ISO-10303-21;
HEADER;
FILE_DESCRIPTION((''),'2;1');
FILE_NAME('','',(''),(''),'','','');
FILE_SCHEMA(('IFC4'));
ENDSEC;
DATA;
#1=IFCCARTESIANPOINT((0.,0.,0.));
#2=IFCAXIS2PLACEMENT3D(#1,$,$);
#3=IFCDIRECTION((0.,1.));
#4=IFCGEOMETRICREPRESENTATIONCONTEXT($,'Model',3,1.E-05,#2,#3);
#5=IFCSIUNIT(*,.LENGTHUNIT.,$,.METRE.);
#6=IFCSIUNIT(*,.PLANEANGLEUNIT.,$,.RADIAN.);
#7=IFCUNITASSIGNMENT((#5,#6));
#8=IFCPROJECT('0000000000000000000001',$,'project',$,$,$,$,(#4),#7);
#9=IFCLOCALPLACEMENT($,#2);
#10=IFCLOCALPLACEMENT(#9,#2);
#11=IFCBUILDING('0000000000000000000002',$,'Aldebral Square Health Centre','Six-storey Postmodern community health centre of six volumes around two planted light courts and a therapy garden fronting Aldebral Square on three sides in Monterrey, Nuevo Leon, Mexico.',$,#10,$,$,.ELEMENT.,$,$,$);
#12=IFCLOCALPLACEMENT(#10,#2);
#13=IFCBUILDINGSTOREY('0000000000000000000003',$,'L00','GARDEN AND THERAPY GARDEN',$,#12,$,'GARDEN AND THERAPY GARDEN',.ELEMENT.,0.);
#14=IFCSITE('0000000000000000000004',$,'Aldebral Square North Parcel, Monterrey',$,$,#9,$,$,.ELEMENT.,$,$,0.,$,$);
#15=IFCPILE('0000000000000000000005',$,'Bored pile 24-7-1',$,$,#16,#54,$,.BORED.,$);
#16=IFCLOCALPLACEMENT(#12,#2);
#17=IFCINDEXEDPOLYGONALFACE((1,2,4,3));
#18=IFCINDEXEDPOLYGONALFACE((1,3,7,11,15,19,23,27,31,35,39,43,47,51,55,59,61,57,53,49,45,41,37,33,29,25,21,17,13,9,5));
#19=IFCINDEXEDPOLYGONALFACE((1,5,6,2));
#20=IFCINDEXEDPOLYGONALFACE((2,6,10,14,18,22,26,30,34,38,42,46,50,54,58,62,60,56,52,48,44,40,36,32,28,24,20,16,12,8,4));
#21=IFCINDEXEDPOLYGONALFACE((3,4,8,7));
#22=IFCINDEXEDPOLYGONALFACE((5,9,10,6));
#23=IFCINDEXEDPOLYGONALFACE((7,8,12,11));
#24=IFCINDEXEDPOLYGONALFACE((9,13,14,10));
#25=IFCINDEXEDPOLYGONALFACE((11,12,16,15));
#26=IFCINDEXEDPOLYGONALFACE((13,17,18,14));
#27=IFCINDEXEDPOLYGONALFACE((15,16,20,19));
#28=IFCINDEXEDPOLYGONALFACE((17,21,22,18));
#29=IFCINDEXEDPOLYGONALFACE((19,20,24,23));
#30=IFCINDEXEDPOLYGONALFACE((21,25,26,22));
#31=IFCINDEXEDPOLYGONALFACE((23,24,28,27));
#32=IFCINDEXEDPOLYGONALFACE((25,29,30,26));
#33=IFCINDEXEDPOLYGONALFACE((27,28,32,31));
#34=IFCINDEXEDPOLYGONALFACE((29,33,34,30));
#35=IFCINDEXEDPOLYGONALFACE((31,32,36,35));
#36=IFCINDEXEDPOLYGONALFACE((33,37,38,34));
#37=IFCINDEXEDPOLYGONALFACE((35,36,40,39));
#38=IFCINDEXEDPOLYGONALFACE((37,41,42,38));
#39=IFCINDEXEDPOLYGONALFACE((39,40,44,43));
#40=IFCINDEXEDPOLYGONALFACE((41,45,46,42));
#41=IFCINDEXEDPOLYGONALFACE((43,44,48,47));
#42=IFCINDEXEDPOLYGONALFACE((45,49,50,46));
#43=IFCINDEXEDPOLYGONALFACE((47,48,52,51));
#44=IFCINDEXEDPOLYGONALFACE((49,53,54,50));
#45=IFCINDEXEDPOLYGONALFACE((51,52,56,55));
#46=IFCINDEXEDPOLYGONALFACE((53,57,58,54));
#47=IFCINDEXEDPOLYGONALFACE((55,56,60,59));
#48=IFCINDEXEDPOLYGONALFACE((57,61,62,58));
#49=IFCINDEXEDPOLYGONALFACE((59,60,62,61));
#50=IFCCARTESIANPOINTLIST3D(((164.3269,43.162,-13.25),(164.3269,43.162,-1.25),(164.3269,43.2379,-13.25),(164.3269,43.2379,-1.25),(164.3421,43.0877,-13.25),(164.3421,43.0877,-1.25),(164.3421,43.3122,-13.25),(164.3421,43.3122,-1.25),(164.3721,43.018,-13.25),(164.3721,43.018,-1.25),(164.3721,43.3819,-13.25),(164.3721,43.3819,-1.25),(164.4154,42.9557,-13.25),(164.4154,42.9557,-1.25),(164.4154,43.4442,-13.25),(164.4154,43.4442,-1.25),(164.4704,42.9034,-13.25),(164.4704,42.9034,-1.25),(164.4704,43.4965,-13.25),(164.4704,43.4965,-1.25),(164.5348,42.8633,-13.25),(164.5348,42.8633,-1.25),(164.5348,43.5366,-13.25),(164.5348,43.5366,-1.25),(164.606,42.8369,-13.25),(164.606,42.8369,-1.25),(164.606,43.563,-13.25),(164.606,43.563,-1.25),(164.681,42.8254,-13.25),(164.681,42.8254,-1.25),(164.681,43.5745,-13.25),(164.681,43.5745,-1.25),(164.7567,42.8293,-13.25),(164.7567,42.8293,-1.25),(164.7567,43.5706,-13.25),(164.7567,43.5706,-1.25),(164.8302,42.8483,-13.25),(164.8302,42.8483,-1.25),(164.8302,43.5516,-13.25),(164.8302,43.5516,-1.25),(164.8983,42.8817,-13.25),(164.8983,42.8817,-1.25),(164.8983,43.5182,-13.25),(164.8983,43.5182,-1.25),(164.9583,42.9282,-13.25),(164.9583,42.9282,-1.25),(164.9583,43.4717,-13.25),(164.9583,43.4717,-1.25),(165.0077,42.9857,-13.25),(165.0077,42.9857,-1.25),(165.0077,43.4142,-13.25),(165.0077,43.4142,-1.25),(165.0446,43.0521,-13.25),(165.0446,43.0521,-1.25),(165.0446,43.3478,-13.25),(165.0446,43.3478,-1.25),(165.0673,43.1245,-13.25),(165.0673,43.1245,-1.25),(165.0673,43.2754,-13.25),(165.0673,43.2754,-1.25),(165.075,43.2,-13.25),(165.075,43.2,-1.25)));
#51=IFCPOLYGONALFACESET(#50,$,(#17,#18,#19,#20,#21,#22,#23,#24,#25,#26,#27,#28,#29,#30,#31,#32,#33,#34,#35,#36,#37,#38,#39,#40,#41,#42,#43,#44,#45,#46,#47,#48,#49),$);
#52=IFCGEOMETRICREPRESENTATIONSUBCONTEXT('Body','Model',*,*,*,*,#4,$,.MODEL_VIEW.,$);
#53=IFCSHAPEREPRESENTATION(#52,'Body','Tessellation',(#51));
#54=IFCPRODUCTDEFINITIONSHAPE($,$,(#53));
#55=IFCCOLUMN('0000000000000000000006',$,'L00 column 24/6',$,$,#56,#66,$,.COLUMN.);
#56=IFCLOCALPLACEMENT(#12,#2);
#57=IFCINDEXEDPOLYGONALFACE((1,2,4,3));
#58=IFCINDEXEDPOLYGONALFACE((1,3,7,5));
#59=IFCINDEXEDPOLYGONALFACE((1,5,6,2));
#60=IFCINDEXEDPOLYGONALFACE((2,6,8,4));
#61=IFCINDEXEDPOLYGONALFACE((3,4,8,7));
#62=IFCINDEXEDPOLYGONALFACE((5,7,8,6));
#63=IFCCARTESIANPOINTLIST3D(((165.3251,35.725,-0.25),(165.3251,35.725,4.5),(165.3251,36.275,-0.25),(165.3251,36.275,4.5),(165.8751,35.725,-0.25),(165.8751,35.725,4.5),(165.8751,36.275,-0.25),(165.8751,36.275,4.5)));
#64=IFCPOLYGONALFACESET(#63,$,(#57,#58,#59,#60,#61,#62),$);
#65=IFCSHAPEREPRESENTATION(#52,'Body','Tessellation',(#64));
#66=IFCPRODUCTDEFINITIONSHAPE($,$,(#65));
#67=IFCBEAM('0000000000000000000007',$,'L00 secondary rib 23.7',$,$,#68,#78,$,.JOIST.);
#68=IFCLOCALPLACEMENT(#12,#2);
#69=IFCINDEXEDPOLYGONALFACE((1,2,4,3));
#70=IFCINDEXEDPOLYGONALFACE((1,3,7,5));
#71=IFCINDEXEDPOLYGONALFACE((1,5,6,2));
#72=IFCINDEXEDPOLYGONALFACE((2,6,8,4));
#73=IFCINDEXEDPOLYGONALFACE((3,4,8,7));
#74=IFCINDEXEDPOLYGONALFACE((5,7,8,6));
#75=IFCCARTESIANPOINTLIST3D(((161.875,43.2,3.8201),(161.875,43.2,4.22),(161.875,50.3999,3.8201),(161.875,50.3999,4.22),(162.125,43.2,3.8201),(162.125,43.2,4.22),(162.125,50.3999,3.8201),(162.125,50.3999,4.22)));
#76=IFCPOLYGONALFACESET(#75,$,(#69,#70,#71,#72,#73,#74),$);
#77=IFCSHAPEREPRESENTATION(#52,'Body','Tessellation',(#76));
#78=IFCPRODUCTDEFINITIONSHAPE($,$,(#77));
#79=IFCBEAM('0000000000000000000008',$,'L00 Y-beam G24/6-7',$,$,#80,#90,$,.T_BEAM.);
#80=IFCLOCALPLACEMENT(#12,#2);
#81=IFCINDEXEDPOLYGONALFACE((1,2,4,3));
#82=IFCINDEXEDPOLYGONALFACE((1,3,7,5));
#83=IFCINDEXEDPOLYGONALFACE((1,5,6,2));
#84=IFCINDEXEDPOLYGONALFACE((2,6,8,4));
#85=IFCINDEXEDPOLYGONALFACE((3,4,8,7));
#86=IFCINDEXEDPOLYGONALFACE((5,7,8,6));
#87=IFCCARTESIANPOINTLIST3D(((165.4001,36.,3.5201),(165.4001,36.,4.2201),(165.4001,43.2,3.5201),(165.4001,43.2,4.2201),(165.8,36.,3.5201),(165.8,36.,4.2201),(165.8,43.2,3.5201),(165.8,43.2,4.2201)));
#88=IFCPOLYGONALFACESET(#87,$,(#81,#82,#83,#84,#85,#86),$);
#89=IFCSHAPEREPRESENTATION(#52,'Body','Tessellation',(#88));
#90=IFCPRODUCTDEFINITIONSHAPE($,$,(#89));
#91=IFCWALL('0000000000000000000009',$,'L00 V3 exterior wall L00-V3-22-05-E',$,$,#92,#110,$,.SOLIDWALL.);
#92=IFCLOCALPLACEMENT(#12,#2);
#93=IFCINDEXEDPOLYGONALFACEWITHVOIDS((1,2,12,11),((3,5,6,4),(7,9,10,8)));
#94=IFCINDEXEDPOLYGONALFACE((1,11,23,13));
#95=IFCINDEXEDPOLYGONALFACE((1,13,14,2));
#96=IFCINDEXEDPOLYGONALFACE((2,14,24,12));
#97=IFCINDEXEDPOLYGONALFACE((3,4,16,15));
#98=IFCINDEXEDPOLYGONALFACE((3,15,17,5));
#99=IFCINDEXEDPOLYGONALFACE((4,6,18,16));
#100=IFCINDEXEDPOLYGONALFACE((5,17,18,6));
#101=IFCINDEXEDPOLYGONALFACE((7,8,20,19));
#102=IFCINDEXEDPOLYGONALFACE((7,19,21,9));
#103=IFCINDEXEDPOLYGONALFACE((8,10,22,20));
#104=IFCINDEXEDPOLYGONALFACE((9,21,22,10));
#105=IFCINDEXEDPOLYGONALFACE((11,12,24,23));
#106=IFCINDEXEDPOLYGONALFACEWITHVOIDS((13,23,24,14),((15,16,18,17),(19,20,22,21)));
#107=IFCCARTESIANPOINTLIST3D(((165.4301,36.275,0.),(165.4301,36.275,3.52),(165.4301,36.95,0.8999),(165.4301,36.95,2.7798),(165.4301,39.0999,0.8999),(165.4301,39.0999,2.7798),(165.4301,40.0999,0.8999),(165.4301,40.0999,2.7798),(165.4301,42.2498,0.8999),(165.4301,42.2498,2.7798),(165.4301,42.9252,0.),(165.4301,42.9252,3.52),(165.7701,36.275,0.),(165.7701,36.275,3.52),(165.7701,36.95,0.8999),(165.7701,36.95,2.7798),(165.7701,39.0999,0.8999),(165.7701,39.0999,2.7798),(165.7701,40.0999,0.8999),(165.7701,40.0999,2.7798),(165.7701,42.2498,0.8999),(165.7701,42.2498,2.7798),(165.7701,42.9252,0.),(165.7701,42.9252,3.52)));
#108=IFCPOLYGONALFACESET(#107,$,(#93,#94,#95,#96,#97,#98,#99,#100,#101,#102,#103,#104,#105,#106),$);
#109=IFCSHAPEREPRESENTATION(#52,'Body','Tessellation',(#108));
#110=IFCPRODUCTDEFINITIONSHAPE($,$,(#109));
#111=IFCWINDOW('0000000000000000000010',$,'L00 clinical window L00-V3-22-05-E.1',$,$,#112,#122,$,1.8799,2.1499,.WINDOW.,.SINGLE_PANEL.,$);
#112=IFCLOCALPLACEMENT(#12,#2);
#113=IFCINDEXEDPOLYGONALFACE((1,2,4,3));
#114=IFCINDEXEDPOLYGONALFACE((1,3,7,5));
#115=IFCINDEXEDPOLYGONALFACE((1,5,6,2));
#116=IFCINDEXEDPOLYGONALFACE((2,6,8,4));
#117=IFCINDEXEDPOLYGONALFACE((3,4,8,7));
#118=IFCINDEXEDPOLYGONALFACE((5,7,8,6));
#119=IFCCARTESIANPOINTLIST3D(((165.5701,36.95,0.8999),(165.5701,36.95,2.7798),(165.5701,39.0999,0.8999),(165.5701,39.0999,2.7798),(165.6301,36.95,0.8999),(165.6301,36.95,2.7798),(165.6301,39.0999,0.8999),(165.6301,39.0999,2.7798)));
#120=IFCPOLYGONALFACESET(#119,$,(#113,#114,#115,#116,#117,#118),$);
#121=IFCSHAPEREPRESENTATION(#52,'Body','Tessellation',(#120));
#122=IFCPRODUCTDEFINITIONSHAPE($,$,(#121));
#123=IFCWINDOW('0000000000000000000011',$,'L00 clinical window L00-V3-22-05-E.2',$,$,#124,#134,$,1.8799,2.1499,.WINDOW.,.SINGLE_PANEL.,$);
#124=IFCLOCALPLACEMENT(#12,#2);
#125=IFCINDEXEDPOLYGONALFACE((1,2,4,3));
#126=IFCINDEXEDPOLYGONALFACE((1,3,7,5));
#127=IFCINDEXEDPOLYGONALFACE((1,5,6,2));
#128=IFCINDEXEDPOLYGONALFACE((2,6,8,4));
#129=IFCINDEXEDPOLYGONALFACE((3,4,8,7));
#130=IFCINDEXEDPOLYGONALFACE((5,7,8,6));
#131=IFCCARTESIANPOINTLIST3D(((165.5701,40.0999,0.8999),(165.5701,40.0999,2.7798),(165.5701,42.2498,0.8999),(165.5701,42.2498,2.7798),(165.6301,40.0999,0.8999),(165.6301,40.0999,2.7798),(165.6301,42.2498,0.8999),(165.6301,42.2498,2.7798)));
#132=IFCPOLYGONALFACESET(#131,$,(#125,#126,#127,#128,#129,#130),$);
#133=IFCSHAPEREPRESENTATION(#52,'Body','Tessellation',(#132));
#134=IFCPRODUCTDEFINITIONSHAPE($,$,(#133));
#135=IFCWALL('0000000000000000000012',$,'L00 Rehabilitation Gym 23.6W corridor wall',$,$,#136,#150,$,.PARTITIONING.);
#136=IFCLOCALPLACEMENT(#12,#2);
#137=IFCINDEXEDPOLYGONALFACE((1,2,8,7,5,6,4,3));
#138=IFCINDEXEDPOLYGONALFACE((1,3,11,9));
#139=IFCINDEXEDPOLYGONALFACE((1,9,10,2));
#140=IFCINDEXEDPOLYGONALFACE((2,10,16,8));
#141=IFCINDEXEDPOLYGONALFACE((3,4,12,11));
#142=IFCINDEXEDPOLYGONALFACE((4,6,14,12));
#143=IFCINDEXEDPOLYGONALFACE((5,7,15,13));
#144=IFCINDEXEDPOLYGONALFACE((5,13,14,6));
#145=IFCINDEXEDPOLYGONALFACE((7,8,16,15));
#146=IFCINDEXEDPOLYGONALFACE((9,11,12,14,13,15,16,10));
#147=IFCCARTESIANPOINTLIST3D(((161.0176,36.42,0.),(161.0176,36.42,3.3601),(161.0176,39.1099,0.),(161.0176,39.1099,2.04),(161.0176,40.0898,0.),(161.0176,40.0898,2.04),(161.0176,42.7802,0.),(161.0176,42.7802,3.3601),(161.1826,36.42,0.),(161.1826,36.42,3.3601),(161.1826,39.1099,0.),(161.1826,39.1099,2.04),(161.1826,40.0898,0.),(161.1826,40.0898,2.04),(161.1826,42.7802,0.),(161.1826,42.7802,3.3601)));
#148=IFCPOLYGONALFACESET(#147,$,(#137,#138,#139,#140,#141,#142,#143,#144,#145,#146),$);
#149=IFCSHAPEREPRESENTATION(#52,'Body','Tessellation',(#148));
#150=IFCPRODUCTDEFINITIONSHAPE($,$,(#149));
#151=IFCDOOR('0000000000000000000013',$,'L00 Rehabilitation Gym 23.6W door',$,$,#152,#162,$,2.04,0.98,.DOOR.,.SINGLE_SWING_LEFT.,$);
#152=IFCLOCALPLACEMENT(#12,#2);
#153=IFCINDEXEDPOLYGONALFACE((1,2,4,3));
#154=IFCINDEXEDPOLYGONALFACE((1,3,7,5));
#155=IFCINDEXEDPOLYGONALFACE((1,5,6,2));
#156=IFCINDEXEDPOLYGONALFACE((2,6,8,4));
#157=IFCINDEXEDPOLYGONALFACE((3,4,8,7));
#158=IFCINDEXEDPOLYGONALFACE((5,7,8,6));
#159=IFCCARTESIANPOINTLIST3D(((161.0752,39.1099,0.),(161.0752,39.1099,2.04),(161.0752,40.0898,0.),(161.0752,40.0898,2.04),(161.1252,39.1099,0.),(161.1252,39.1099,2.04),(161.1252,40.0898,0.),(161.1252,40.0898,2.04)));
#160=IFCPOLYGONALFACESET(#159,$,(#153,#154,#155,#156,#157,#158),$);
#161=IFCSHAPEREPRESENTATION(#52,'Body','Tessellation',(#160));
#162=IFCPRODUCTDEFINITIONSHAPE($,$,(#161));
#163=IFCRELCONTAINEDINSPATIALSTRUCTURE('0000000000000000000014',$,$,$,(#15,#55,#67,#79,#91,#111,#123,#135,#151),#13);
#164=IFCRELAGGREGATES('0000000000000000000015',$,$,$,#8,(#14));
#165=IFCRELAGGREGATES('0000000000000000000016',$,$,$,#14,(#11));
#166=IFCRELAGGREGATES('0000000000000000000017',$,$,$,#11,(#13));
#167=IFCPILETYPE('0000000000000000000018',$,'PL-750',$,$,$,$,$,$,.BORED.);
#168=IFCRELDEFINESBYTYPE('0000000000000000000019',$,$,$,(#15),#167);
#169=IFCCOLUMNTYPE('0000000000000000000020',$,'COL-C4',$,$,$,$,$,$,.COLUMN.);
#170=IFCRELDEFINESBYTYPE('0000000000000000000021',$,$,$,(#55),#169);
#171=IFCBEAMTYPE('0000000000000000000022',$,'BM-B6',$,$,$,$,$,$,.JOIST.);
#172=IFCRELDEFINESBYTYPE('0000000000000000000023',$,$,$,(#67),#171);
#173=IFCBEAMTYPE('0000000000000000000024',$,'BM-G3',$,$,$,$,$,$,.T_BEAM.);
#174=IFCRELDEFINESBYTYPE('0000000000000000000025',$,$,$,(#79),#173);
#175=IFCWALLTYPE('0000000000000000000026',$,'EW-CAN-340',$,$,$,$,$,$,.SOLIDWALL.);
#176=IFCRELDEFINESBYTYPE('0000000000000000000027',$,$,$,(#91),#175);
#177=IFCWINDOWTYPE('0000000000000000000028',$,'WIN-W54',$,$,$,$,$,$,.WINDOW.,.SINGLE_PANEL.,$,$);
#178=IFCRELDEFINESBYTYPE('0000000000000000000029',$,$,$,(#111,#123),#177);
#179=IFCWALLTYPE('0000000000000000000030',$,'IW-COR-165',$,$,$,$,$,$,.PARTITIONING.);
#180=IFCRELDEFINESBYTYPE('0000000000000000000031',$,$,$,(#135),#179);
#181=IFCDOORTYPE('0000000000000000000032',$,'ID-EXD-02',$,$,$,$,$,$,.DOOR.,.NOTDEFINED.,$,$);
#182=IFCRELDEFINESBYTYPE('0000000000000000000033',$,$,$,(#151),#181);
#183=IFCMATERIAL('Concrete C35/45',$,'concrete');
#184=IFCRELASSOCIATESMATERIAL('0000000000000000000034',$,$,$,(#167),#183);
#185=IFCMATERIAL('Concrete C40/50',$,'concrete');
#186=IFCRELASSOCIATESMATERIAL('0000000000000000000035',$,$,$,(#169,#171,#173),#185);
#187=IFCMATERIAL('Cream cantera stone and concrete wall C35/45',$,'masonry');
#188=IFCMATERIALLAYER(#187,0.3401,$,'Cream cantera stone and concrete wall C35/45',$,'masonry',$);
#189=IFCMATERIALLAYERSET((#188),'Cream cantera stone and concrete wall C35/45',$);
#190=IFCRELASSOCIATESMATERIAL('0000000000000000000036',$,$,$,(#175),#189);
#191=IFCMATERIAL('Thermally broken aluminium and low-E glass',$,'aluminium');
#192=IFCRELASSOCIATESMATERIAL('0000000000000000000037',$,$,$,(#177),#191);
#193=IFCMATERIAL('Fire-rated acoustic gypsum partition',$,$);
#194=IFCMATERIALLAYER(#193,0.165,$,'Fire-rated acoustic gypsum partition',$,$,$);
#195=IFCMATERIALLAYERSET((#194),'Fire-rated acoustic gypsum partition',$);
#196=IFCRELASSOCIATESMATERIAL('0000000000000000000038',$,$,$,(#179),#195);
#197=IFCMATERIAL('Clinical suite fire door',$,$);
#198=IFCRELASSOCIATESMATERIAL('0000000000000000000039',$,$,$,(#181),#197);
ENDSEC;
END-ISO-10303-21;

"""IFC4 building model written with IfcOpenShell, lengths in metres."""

from ifc_helpers import new_model, si_unit, direction, frame, frame_2d, origin, origin_2d, place, context, subcontext, project, spatial, rectangle, circle, extrude, material, layer, layer_set, material_profile, profile_set, type_object, element, fill, save


model = new_model("IFC4")

# Units and contexts
model_context = context("Model", 3, precision=1e-05, world=origin(), true_north=direction((0.0, 1.0)))
body_context = subcontext(model_context, "Body", "Model", "MODEL_VIEW")
ifc_project = project(units=[si_unit("LENGTHUNIT", "METRE"), si_unit("PLANEANGLEUNIT", "RADIAN")], contexts=[model_context])

# Site, building, storey
site_placement = place(None, origin())
site = spatial("IfcSite", under=ifc_project, at=site_placement, Name="Aldebral Square North Parcel, Monterrey", CompositionType="ELEMENT", RefElevation=0.0)
building_placement = place(site_placement, origin())
building = spatial("IfcBuilding", under=site, at=building_placement, Name="Aldebral Square Health Centre", Description="Six-storey Postmodern community health centre of six volumes around two planted light courts and a therapy garden fronting Aldebral Square on three sides in Monterrey, Nuevo Leon, Mexico.", CompositionType="ELEMENT")
storey_placement = place(building_placement, origin())
storey = spatial("IfcBuildingStorey", under=building, at=storey_placement, Name="L00", Description="GARDEN AND THERAPY GARDEN", LongName="GARDEN AND THERAPY GARDEN", CompositionType="ELEMENT", Elevation=0.0)

# Shared definitions
ifc_material_1 = material(Name="Concrete C35/45", Category="concrete")

# Pile
ifc_material_profile_1 = material_profile(ifc_material_1, circle(Radius=0.375, at=origin_2d()), Name="PILE D750")
ifc_profile_set_1 = profile_set([ifc_material_profile_1], Name="Concrete C35/45")
pile_type = type_object("IfcPileType", Name="PL-750", PredefinedType="BORED", material=ifc_profile_set_1)
for number, where, z_axis, x_axis, name in (
    (1, (164.7, 43.2, -1.25), (0.0, 0.0, -1.0), (1.0, 0.0, 0.0), "Bored pile 24-7-1"),
):
    element("IfcPile", number, at=place(storey_placement, frame(where, z_axis=z_axis, x_axis=x_axis)), inside=storey, type_object=pile_type, Name=name, PredefinedType="BORED", context=body_context, shape_type="SweptSolid", body=[
        extrude(circle(Radius=0.375, at=origin_2d()), origin(), (0.0, 0.0, 1.0), 12.0),
    ])

# Column
ifc_material_2 = material(Name="Concrete C40/50", Category="concrete")
ifc_material_profile_2 = material_profile(ifc_material_2, rectangle(XDim=0.55, YDim=0.55, at=origin_2d()), Name="RC 550x550")
ifc_profile_set_2 = profile_set([ifc_material_profile_2], Name="Concrete C40/50")
column_type = type_object("IfcColumnType", Name="COL-C4", PredefinedType="COLUMN", material=ifc_profile_set_2)
column_placement = place(storey_placement, frame((165.6001, 36.0, -0.25), z_axis=(0.0, 0.0, 1.0), x_axis=(1.0, 0.0, 0.0)))
element("IfcColumn", 2, at=column_placement, inside=storey, type_object=column_type, Name="L00 column 24/6", PredefinedType="COLUMN", context=body_context, shape_type="SweptSolid", body=[
    extrude(rectangle(XDim=0.55, YDim=0.55, at=origin_2d()), origin(), (0.0, 0.0, 1.0), 4.75),
])

# Beams
ifc_material_profile_3 = material_profile(ifc_material_2, rectangle(XDim=0.25, YDim=0.3999, at=origin_2d()), Name="RC 250x400")
ifc_profile_set_3 = profile_set([ifc_material_profile_3], Name="Concrete C40/50")
beam_type_1 = type_object("IfcBeamType", Name="BM-B6", PredefinedType="JOIST", material=ifc_profile_set_3)
beam_1_placement = place(storey_placement, frame((162.0, 43.2, 4.02), z_axis=(0.0, 1.0, 0.0), x_axis=(-1.0, 0.0, 0.0)))
element("IfcBeam", 3, at=beam_1_placement, inside=storey, type_object=beam_type_1, Name="L00 secondary rib 23.7", PredefinedType="JOIST", context=body_context, shape_type="SweptSolid", body=[
    extrude(rectangle(XDim=0.25, YDim=0.3999, at=origin_2d()), origin(), (0.0, 0.0, 1.0), 7.2),
])
ifc_material_profile_4 = material_profile(ifc_material_2, rectangle(XDim=0.3999, YDim=0.7, at=origin_2d()), Name="RC 400x700")
ifc_profile_set_4 = profile_set([ifc_material_profile_4], Name="Concrete C40/50")
beam_type_2 = type_object("IfcBeamType", Name="BM-G3", PredefinedType="T_BEAM", material=ifc_profile_set_4)
beam_2_placement = place(storey_placement, frame((165.6001, 36.0, 3.8701), z_axis=(0.0, 1.0, 0.0), x_axis=(-1.0, 0.0, 0.0)))
element("IfcBeam", 4, at=beam_2_placement, inside=storey, type_object=beam_type_2, Name="L00 Y-beam G24/6-7", PredefinedType="T_BEAM", context=body_context, shape_type="SweptSolid", body=[
    extrude(rectangle(XDim=0.3999, YDim=0.7, at=origin_2d()), origin(), (0.0, 0.0, 1.0), 7.2),
])

# Wall, openings, windows
ifc_material_3 = material(Name="Cream cantera stone and concrete wall C35/45", Category="masonry")
ifc_layer_1 = layer(ifc_material_3, 0.3401, Name="Cream cantera stone and concrete wall C35/45", Category="masonry")
ifc_layer_set_1 = layer_set([ifc_layer_1], Name="Cream cantera stone and concrete wall C35/45")
wall_type_1 = type_object("IfcWallType", Name="EW-CAN-340", PredefinedType="SOLIDWALL", material=ifc_layer_set_1)
wall_1_placement = place(storey_placement, frame((165.6001, 36.2749, 0.0), z_axis=(0.0, 0.0, 1.0), x_axis=(0.0, 1.0, 0.0)))
wall_1 = element("IfcWall", 5, at=wall_1_placement, inside=storey, type_object=wall_type_1, Name="L00 V3 exterior wall L00-V3-22-05-E", PredefinedType="SOLIDWALL", context=body_context, shape_type="SweptSolid", body=[
    extrude(rectangle(XDim=6.6501, YDim=0.3401, at=frame_2d((3.3252, 0.0))), origin(), (0.0, 0.0, 1.0), 3.52),
])
opening_1_placement = place(wall_1_placement, frame((0.675, 0.0, 0.8999)))
opening_1 = element("IfcOpeningElement", 6, at=opening_1_placement, cuts=wall_1, PredefinedType="OPENING", context=body_context, shape_type="SweptSolid", body=[
    extrude(rectangle(XDim=2.1499, YDim=1.8799, at=frame_2d((1.075, 0.9399))), frame((0.0, 0.1802, 0.0), z_axis=(0.0, -1.0, 0.0), x_axis=(1.0, 0.0, 0.0)), (0.0, 0.0, 1.0), 0.3601),
])
opening_2_placement = place(wall_1_placement, frame((3.825, 0.0, 0.8999)))
opening_2 = element("IfcOpeningElement", 7, at=opening_2_placement, cuts=wall_1, PredefinedType="OPENING", context=body_context, shape_type="SweptSolid", body=[
    extrude(rectangle(XDim=2.1499, YDim=1.8799, at=frame_2d((1.075, 0.9399))), frame((0.0, 0.1802, 0.0), z_axis=(0.0, -1.0, 0.0), x_axis=(1.0, 0.0, 0.0)), (0.0, 0.0, 1.0), 0.3601),
])
ifc_material_4 = material(Name="Thermally broken aluminium and low-E glass", Category="aluminium")
window_type = type_object("IfcWindowType", Name="WIN-W54", PartitioningType="SINGLE_PANEL", PredefinedType="WINDOW", material=ifc_material_4)
window_1_placement = place(opening_1_placement, origin())
window_1 = element("IfcWindow", 8, at=window_1_placement, inside=storey, type_object=window_type, Name="L00 clinical window L00-V3-22-05-E.1", OverallHeight=1.8799, OverallWidth=2.1499, PartitioningType="SINGLE_PANEL", PredefinedType="WINDOW", context=body_context, shape_type="SweptSolid", body=[
    extrude(rectangle(XDim=2.1499, YDim=1.8799, at=frame_2d((1.075, 0.9399))), frame((0.0, 0.03, 0.0), z_axis=(0.0, -1.0, 0.0), x_axis=(1.0, 0.0, 0.0)), (0.0, 0.0, 1.0), 0.0601),
])
fill(opening_1, window_1)
window_2_placement = place(opening_2_placement, origin())
window_2 = element("IfcWindow", 9, at=window_2_placement, inside=storey, type_object=window_type, Name="L00 clinical window L00-V3-22-05-E.2", OverallHeight=1.8799, OverallWidth=2.1499, PartitioningType="SINGLE_PANEL", PredefinedType="WINDOW", context=body_context, shape_type="SweptSolid", body=[
    extrude(rectangle(XDim=2.1499, YDim=1.8799, at=frame_2d((1.075, 0.9399))), frame((0.0, 0.03, 0.0), z_axis=(0.0, -1.0, 0.0), x_axis=(1.0, 0.0, 0.0)), (0.0, 0.0, 1.0), 0.0601),
])
fill(opening_2, window_2)

# Wall, opening, door
ifc_material_5 = material(Name="Fire-rated acoustic gypsum partition")
ifc_layer_2 = layer(ifc_material_5, 0.165, Name="Fire-rated acoustic gypsum partition")
ifc_layer_set_2 = layer_set([ifc_layer_2], Name="Fire-rated acoustic gypsum partition")
wall_type_2 = type_object("IfcWallType", Name="IW-COR-165", PredefinedType="PARTITIONING", material=ifc_layer_set_2)
wall_2_placement = place(storey_placement, frame((161.1001, 36.4199, 0.0), z_axis=(0.0, 0.0, 1.0), x_axis=(0.0, 1.0, 0.0)))
wall_2 = element("IfcWall", 10, at=wall_2_placement, inside=storey, type_object=wall_type_2, Name="L00 Rehabilitation Gym 23.6W corridor wall", PredefinedType="PARTITIONING", context=body_context, shape_type="SweptSolid", body=[
    extrude(rectangle(XDim=6.3601, YDim=0.165, at=frame_2d((3.1802, 0.0))), origin(), (0.0, 0.0, 1.0), 3.3601),
])
opening_3_placement = place(wall_2_placement, frame((2.6899, 0.0, 0.0)))
opening_3 = element("IfcOpeningElement", 11, at=opening_3_placement, cuts=wall_2, PredefinedType="OPENING", context=body_context, shape_type="SweptSolid", body=[
    extrude(rectangle(XDim=0.98, YDim=2.04, at=frame_2d((0.49, 1.02))), frame((0.0, 0.0925, 0.0), z_axis=(0.0, -1.0, 0.0), x_axis=(1.0, 0.0, 0.0)), (0.0, 0.0, 1.0), 0.1851),
])
ifc_material_6 = material(Name="Clinical suite fire door")
door_type_1 = type_object("IfcDoorType", Name="ID-EXD-02", OperationType="NOTDEFINED", PredefinedType="DOOR", material=ifc_material_6)
door_1_placement = place(opening_3_placement, origin())
door_1 = element("IfcDoor", 12, at=door_1_placement, inside=storey, type_object=door_type_1, Name="L00 Rehabilitation Gym 23.6W door", OperationType="SINGLE_SWING_LEFT", OverallHeight=2.04, OverallWidth=0.98, PredefinedType="DOOR", context=body_context, shape_type="SweptSolid", body=[
    extrude(rectangle(XDim=0.98, YDim=2.04, at=frame_2d((0.49, 1.02))), frame((0.0, 0.0249, 0.0), z_axis=(0.0, -1.0, 0.0), x_axis=(1.0, 0.0, 0.0)), (0.0, 0.0, 1.0), 0.05),
])
fill(opening_3, door_1)

save(model, "model.ifc")
